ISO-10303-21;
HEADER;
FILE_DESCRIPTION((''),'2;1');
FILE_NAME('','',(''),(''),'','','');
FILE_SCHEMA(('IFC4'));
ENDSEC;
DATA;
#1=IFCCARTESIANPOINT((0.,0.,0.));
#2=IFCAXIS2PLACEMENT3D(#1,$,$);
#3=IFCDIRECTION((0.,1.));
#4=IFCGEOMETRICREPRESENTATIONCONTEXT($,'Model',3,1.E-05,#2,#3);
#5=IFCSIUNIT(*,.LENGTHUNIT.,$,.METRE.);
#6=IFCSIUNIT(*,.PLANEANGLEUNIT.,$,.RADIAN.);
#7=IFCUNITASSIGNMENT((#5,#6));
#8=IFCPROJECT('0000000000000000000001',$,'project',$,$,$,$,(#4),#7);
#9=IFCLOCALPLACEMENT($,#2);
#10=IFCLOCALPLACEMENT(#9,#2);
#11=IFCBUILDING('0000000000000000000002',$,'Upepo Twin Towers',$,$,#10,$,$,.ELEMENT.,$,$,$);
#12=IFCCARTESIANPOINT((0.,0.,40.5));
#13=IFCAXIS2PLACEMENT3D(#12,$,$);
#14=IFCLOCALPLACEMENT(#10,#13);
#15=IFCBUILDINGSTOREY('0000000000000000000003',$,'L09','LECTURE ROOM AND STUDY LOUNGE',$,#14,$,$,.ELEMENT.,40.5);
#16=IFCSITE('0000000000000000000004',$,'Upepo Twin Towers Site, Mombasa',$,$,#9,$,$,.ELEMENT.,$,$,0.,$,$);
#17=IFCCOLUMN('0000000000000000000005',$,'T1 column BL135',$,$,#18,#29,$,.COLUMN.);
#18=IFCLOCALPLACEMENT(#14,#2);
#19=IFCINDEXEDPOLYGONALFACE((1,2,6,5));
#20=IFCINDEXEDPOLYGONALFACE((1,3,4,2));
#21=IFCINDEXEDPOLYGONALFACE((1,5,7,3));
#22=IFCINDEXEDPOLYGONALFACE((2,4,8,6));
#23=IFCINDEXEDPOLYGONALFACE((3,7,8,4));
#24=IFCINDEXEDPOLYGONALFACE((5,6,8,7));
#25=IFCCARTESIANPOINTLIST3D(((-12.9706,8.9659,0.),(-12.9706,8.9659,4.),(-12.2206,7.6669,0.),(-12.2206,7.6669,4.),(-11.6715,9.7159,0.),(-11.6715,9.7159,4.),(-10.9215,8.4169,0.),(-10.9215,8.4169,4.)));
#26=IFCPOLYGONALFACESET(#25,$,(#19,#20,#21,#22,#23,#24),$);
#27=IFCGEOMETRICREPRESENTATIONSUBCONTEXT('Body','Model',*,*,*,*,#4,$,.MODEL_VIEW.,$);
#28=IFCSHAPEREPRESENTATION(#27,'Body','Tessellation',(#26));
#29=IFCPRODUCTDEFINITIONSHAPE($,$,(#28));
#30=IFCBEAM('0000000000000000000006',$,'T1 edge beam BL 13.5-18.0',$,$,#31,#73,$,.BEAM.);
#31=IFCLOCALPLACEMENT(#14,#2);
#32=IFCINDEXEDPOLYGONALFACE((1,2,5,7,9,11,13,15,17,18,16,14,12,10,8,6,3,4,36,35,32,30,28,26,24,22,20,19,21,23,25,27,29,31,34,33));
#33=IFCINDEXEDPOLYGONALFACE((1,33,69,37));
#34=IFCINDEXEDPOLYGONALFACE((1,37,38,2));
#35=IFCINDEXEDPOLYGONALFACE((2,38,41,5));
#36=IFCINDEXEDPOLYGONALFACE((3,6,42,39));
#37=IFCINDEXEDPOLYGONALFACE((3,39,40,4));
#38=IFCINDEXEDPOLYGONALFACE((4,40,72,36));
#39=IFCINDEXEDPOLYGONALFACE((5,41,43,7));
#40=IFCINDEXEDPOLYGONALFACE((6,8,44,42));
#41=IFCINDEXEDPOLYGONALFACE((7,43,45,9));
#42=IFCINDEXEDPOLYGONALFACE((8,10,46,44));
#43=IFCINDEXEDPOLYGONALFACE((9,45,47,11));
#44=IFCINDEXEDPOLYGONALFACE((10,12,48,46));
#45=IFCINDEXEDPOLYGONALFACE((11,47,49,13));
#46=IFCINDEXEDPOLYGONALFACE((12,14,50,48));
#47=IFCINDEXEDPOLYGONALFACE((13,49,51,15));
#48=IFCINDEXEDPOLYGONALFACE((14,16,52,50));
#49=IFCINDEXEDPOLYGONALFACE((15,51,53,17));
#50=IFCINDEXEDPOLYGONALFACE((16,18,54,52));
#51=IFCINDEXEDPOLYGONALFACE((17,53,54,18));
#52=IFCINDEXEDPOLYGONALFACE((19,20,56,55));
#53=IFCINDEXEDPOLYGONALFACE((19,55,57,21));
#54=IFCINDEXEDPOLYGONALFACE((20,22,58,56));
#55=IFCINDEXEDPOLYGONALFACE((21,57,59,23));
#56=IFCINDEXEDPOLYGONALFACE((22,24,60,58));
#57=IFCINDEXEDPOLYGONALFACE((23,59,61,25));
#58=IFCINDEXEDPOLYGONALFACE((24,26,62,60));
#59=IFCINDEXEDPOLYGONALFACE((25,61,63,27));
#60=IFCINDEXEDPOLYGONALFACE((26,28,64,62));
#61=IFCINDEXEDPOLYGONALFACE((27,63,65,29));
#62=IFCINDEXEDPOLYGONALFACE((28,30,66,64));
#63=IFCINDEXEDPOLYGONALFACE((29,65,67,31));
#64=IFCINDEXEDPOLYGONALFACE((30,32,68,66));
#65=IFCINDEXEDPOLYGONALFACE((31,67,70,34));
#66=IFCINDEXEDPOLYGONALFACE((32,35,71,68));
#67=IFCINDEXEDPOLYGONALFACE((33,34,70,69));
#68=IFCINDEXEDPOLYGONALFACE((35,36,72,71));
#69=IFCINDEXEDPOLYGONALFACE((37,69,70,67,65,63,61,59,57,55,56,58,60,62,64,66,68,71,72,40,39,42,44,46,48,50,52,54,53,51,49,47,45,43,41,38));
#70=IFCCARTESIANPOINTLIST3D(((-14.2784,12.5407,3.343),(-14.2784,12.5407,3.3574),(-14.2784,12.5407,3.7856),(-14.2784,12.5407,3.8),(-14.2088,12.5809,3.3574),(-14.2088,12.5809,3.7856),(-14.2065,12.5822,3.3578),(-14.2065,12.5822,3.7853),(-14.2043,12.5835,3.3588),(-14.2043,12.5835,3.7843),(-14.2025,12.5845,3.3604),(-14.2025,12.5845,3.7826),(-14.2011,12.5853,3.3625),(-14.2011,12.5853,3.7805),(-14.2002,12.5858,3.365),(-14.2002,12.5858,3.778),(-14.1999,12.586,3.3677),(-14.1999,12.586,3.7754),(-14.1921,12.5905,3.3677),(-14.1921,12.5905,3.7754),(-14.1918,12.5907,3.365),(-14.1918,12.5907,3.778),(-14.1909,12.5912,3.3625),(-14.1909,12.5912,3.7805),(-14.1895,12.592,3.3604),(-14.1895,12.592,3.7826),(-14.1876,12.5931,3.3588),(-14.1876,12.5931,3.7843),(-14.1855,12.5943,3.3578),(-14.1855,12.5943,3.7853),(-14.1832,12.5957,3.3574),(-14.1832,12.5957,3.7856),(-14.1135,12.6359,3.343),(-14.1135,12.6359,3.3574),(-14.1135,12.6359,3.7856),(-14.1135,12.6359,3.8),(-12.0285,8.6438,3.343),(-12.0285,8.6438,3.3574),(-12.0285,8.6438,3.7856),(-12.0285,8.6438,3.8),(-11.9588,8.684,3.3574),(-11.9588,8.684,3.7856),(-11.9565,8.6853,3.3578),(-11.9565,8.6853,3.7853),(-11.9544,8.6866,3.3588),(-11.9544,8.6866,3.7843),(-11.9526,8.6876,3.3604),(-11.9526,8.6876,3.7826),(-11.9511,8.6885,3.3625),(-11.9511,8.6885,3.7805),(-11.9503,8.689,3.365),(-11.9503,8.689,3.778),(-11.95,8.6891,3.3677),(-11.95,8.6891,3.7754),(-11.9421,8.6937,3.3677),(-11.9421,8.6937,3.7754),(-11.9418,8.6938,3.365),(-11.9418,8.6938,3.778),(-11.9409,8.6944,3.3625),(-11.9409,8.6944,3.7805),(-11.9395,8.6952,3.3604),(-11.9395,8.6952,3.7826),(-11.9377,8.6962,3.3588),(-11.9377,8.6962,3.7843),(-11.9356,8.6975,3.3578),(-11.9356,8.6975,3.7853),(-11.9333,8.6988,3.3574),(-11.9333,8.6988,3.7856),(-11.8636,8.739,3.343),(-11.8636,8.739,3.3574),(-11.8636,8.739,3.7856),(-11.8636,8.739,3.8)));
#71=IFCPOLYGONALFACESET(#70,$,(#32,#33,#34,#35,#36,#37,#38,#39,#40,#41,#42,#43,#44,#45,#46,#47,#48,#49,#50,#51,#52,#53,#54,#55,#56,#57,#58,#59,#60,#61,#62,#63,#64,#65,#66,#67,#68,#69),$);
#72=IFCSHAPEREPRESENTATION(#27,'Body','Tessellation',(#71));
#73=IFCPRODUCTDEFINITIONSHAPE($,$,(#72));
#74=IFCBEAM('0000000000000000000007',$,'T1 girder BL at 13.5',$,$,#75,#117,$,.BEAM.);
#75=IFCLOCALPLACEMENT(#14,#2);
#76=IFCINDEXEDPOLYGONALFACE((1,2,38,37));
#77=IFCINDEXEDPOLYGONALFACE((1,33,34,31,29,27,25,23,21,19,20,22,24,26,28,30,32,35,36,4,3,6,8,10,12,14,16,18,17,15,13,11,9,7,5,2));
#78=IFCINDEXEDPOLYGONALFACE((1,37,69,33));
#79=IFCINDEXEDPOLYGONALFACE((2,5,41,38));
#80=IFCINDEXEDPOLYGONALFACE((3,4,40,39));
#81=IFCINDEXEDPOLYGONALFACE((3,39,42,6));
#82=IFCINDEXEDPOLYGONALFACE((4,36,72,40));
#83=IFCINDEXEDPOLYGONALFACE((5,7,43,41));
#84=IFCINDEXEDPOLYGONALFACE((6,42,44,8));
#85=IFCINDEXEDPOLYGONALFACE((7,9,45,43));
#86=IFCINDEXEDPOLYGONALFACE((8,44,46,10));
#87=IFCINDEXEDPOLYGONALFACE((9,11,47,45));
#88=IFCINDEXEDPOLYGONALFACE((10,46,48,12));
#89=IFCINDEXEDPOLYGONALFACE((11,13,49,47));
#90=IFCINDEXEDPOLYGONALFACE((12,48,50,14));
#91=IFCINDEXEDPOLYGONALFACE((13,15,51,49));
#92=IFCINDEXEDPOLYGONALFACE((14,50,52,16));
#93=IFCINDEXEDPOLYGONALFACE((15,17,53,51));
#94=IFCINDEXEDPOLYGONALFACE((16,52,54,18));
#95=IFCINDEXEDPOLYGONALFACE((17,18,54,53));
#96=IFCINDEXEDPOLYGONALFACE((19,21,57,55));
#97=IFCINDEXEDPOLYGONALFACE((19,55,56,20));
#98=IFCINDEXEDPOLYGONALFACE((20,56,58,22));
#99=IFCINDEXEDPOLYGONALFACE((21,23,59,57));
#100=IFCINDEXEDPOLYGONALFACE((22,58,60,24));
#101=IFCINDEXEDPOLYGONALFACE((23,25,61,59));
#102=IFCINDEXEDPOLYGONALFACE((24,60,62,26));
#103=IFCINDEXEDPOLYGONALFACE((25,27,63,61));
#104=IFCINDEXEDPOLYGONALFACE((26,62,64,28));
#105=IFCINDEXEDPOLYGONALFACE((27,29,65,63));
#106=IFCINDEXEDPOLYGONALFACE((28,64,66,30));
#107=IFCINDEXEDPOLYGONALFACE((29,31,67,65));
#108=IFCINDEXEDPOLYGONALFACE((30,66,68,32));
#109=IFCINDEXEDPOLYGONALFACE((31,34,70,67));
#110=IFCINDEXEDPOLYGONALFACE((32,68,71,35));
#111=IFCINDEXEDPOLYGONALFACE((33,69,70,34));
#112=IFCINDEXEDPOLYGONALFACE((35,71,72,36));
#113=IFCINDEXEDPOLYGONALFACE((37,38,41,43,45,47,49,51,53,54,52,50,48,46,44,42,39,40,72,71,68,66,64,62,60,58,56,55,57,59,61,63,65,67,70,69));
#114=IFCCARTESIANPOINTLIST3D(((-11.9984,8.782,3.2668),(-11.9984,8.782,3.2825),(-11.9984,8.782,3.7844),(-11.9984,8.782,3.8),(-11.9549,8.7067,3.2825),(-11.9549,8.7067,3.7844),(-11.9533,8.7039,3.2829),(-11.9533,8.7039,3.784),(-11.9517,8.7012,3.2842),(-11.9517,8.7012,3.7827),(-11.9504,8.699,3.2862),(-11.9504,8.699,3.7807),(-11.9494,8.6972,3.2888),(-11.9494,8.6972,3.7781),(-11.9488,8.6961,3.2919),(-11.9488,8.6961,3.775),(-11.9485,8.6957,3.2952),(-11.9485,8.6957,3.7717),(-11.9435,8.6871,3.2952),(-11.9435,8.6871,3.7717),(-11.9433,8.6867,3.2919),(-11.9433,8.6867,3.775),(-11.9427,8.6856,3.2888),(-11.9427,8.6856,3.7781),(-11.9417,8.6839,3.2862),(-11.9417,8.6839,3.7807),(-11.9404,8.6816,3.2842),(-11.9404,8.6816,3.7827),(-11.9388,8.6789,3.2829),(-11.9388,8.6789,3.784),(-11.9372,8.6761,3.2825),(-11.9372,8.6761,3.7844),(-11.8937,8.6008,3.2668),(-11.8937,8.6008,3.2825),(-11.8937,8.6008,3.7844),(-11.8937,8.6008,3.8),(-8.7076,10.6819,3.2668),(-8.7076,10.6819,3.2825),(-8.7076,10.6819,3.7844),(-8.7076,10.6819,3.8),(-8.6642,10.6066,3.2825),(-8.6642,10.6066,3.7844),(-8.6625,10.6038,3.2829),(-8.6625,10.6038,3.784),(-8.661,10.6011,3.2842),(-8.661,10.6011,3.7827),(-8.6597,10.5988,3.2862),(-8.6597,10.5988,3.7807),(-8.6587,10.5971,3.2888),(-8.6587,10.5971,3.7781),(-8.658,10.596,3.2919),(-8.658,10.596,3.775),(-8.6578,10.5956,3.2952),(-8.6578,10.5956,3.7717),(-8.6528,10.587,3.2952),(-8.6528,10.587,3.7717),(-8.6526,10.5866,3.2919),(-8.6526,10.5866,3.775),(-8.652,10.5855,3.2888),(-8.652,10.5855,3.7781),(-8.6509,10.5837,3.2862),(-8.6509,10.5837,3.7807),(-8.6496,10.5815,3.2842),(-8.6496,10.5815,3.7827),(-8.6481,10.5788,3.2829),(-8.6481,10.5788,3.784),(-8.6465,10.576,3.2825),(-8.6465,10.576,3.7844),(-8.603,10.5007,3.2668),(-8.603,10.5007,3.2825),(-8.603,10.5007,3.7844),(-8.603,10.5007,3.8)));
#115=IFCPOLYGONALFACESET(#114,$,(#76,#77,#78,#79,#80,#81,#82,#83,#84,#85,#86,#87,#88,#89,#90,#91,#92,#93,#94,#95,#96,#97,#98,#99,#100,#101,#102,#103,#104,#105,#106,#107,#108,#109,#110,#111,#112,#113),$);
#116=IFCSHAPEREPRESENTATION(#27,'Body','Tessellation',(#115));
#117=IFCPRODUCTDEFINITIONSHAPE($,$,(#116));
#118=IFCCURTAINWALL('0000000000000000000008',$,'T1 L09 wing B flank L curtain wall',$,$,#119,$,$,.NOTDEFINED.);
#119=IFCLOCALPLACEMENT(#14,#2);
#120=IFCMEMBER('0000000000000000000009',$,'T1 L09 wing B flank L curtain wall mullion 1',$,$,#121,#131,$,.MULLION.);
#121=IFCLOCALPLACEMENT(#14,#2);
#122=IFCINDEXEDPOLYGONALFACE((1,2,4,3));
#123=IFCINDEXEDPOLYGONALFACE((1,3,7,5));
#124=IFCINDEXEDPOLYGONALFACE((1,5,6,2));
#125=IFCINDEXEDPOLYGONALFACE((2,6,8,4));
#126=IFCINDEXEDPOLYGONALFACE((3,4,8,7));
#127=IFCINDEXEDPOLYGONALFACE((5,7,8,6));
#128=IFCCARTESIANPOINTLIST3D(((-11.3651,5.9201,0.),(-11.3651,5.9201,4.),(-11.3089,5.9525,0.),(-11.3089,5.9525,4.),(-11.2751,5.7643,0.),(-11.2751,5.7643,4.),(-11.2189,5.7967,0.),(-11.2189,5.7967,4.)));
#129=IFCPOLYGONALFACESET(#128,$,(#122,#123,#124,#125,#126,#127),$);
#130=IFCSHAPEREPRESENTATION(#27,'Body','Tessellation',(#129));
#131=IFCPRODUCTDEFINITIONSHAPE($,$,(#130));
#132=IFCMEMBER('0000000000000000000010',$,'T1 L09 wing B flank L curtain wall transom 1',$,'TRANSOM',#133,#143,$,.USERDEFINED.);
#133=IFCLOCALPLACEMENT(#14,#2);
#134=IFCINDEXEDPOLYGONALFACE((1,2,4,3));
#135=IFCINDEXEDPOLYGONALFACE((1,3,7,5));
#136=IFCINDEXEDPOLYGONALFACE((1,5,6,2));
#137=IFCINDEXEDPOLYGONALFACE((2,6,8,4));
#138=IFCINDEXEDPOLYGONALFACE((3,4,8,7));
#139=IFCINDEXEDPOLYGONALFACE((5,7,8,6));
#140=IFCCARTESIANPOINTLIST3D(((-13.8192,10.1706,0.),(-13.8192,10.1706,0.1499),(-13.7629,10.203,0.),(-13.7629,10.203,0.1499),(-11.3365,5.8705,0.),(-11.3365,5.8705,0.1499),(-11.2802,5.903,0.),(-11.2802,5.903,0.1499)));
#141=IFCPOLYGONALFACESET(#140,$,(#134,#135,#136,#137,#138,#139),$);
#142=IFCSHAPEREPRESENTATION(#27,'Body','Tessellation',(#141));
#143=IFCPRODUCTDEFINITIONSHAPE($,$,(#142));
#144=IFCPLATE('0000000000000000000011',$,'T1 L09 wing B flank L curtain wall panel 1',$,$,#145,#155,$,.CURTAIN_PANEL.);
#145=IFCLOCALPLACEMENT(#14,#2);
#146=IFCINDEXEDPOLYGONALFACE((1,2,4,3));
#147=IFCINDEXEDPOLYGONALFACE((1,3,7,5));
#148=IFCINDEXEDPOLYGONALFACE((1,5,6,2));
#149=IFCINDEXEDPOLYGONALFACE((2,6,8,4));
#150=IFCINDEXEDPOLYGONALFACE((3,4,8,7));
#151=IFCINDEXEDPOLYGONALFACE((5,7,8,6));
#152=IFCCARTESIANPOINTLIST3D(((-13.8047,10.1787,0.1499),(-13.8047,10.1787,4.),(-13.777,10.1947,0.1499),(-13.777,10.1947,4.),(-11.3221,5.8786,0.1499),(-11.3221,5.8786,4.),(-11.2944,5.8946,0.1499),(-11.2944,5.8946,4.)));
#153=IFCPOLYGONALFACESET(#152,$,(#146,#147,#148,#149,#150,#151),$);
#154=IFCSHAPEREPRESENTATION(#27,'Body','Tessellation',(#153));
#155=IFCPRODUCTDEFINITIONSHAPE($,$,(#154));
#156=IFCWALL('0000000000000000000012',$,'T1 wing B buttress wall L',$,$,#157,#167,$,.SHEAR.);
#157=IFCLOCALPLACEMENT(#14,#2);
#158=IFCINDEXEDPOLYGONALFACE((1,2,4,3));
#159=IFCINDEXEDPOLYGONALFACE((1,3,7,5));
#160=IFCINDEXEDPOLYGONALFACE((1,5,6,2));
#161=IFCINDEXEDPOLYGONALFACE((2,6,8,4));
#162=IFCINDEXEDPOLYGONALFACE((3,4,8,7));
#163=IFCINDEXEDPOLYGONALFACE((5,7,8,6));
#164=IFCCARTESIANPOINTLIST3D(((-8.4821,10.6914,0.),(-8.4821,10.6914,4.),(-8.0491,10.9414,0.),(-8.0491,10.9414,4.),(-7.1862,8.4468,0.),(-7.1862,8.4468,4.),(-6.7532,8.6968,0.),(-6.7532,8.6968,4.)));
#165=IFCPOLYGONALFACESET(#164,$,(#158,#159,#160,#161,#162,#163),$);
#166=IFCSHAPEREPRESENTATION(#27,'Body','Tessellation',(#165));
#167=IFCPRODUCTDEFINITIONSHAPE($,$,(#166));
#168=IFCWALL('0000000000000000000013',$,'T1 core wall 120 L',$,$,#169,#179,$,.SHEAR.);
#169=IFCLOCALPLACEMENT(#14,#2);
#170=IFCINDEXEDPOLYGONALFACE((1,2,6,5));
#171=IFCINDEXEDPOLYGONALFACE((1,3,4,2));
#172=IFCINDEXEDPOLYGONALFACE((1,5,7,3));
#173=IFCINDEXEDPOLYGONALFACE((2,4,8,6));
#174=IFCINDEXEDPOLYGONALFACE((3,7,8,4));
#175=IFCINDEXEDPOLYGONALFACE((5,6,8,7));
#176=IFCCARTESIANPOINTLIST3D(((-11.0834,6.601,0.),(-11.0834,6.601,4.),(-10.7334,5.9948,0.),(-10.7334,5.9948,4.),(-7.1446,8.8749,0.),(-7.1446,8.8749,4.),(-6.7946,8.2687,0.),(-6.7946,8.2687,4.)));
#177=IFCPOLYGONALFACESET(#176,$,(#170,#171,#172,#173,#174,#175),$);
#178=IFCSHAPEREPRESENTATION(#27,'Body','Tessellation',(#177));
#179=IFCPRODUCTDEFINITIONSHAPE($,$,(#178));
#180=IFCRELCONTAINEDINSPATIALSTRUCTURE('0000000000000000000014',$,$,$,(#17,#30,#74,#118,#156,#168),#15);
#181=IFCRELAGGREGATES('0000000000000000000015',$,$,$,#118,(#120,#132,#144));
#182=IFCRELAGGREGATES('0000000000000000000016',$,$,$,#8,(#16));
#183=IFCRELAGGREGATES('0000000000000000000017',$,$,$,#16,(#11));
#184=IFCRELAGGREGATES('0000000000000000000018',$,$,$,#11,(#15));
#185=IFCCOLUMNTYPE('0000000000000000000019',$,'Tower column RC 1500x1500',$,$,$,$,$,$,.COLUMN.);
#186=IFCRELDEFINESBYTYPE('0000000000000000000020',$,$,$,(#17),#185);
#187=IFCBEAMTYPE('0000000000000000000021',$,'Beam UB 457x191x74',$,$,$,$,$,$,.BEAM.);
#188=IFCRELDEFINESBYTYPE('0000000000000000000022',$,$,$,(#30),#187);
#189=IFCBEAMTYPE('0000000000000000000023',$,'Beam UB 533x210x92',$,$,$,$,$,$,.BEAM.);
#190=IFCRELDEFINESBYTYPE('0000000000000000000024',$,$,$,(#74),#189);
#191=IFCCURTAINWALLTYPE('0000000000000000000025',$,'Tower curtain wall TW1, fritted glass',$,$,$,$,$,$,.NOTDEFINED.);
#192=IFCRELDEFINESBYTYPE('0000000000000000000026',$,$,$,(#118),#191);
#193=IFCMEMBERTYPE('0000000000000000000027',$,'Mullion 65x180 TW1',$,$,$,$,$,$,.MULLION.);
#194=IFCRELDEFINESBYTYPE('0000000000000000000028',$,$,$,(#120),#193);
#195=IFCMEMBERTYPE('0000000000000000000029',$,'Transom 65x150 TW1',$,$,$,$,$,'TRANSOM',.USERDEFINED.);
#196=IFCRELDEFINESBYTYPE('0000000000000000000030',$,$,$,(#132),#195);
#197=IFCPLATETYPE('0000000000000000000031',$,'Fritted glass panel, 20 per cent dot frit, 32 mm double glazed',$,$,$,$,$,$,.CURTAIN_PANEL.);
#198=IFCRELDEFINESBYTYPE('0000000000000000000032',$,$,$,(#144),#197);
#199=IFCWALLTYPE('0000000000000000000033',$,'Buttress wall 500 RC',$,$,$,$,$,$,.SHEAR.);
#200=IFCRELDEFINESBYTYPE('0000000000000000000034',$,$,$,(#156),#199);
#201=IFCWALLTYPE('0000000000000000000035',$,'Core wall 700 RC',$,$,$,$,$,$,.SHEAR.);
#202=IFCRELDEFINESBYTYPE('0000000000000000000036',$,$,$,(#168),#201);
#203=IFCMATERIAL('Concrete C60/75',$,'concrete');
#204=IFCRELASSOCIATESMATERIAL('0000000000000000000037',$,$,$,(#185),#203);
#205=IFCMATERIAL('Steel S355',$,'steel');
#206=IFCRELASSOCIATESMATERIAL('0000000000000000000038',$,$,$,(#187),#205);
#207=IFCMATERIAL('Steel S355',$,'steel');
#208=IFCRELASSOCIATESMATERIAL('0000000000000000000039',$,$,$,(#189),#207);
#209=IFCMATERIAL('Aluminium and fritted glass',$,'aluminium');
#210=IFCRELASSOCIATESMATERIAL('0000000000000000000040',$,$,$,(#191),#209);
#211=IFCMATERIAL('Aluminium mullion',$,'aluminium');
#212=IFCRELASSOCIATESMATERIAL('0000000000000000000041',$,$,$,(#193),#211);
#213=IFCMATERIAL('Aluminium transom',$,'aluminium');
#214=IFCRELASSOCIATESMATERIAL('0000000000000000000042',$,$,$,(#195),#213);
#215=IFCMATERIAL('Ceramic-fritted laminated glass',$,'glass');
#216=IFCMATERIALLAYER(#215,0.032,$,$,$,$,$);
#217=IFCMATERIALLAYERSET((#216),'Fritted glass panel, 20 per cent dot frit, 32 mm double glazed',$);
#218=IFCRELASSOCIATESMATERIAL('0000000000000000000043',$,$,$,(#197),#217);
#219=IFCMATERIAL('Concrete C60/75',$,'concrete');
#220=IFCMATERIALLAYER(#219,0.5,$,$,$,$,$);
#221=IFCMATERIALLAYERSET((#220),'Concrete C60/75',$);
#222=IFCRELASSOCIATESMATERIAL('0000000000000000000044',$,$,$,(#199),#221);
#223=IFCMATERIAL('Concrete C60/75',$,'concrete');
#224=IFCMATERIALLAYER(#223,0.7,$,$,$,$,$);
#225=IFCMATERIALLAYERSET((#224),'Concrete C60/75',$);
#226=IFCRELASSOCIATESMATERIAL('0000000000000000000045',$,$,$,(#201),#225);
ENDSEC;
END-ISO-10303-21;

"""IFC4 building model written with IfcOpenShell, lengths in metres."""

from ifc_helpers import new_model, si_unit, direction, frame, frame_2d, origin, origin_2d, place, context, subcontext, project, spatial, rectangle, i_section, extrude, material, layer, layer_set, material_profile, profile_set, type_object, element, aggregate, save


model = new_model("IFC4")

# Units and contexts
model_context = context("Model", 3, precision=1e-05, world=origin(), true_north=direction((0.0, 1.0)))
body_context = subcontext(model_context, "Body", "Model", "MODEL_VIEW")
ifc_project = project(units=[si_unit("LENGTHUNIT", "METRE"), si_unit("PLANEANGLEUNIT", "RADIAN")], contexts=[model_context])

# Site, building, storey
site_placement = place(None, origin())
site = spatial("IfcSite", under=ifc_project, at=site_placement, Name="Upepo Twin Towers Site, Mombasa", CompositionType="ELEMENT", RefElevation=0.0)
building_placement = place(site_placement, origin())
building = spatial("IfcBuilding", under=site, at=building_placement, Name="Upepo Twin Towers", CompositionType="ELEMENT")
storey_placement = place(building_placement, frame((0.0, 0.0, 40.5)))
storey = spatial("IfcBuildingStorey", under=building, at=storey_placement, Name="L09", Description="LECTURE ROOM AND STUDY LOUNGE", CompositionType="ELEMENT", Elevation=40.5)

# Column
ifc_material_1 = material(Name="Concrete C60/75", Category="concrete")
ifc_material_profile_1 = material_profile(ifc_material_1, rectangle(XDim=1.5, YDim=1.5, at=origin_2d()), Name="RC 1500x1500")
ifc_profile_set_1 = profile_set([ifc_material_profile_1], Name="Concrete C60/75")
column_type = type_object("IfcColumnType", Name="Tower column RC 1500x1500", PredefinedType="COLUMN", material=ifc_profile_set_1)
column_placement = place(storey_placement, frame((-11.946, 8.6914, 0.0), z_axis=(0.0, 0.0, 1.0), x_axis=(0.866025, 0.5, 0.0)))
element("IfcColumn", 1, at=column_placement, inside=storey, type_object=column_type, Name="T1 column BL135", PredefinedType="COLUMN", context=body_context, shape_type="SweptSolid", body=[
    extrude(rectangle(XDim=1.5, YDim=1.5, at=origin_2d()), origin(), (0.0, 0.0, 1.0), 4.0),
])

# Beams
ifc_material_2 = material(Name="Steel S355", Category="steel")
ifc_material_profile_2 = material_profile(ifc_material_2, i_section(OverallWidth=0.1904, OverallDepth=0.457, WebThickness=0.009, FlangeThickness=0.0144, FilletRadius=0.0103, at=origin_2d()), Name="UB 457x191x74")
ifc_profile_set_2 = profile_set([ifc_material_profile_2], Name="Steel S355")
beam_type_1 = type_object("IfcBeamType", Name="Beam UB 457x191x74", PredefinedType="BEAM", material=ifc_profile_set_2)
beam_1_placement = place(storey_placement, frame((-11.946, 8.6914, 3.5715), z_axis=(-0.500014, 0.866018, 0.0), x_axis=(-0.866018, -0.500014, 0.0)))
element("IfcBeam", 2, at=beam_1_placement, inside=storey, type_object=beam_type_1, Name="T1 edge beam BL 13.5-18.0", PredefinedType="BEAM", context=body_context, shape_type="SweptSolid", body=[
    extrude(i_section(OverallWidth=0.1904, OverallDepth=0.457, WebThickness=0.009, FlangeThickness=0.0144, FilletRadius=0.0103, at=origin_2d()), origin(), (0.0, 0.0, 1.0), 4.4998),
])
ifc_material_3 = material(Name="Steel S355", Category="steel")
ifc_material_profile_3 = material_profile(ifc_material_3, i_section(OverallWidth=0.2092, OverallDepth=0.5332, WebThickness=0.01, FlangeThickness=0.0156, FilletRadius=0.0127, at=origin_2d()), Name="UB 533x210x92")
ifc_profile_set_3 = profile_set([ifc_material_profile_3], Name="Steel S355")
beam_type_2 = type_object("IfcBeamType", Name="Beam UB 533x210x92", PredefinedType="BEAM", material=ifc_profile_set_3)
beam_2_placement = place(storey_placement, frame((-11.946, 8.6914, 3.5334), z_axis=(0.866028, 0.499995, 0.0), x_axis=(-0.499995, 0.866028, 0.0)))
element("IfcBeam", 3, at=beam_2_placement, inside=storey, type_object=beam_type_2, Name="T1 girder BL at 13.5", PredefinedType="BEAM", context=body_context, shape_type="SweptSolid", body=[
    extrude(i_section(OverallWidth=0.2092, OverallDepth=0.5332, WebThickness=0.01, FlangeThickness=0.0156, FilletRadius=0.0127, at=origin_2d()), origin(), (0.0, 0.0, 1.0), 3.7998),
])

# Curtain wall, members, plate
ifc_material_4 = material(Name="Aluminium and fritted glass", Category="aluminium")
curtain_wall_type = type_object("IfcCurtainWallType", Name="Tower curtain wall TW1, fritted glass", PredefinedType="NOTDEFINED", material=ifc_material_4)
curtain_wall_placement = place(storey_placement, origin())
curtain_wall = element("IfcCurtainWall", 4, at=curtain_wall_placement, inside=storey, type_object=curtain_wall_type, Name="T1 L09 wing B flank L curtain wall", PredefinedType="NOTDEFINED")
ifc_material_5 = material(Name="Aluminium mullion", Category="aluminium")
ifc_material_profile_4 = material_profile(ifc_material_5, rectangle(XDim=0.0649, YDim=0.1799, at=origin_2d()), Name="MULLION 65x180")
ifc_profile_set_4 = profile_set([ifc_material_profile_4], Name="Aluminium mullion")
member_type_1 = type_object("IfcMemberType", Name="Mullion 65x180 TW1", PredefinedType="MULLION", material=ifc_profile_set_4)
member_1_placement = place(storey_placement, frame((-11.292, 5.8584, 0.0), z_axis=(0.0, 0.0, 1.0), x_axis=(-0.866025, -0.5, 0.0)))
member_1 = element("IfcMember", 5, at=member_1_placement, type_object=member_type_1, Name="T1 L09 wing B flank L curtain wall mullion 1", PredefinedType="MULLION", context=body_context, shape_type="SweptSolid", body=[
    extrude(rectangle(XDim=0.0649, YDim=0.1799, at=origin_2d()), origin(), (0.0, 0.0, 1.0), 4.0),
])
ifc_material_6 = material(Name="Aluminium transom", Category="aluminium")
ifc_material_profile_5 = material_profile(ifc_material_6, rectangle(XDim=0.0649, YDim=0.1499, at=origin_2d()), Name="TRANSOM 65x150")
ifc_profile_set_5 = profile_set([ifc_material_profile_5], Name="Aluminium transom")
member_type_2 = type_object("IfcMemberType", Name="Transom 65x150 TW1", ElementType="TRANSOM", PredefinedType="USERDEFINED", material=ifc_profile_set_5)
member_2_placement = place(storey_placement, frame((-11.3083, 5.8867, 0.075), z_axis=(-0.500005, 0.866023, 0.0), x_axis=(-0.866023, -0.500005, 0.0)))
member_2 = element("IfcMember", 6, at=member_2_placement, type_object=member_type_2, Name="T1 L09 wing B flank L curtain wall transom 1", ObjectType="TRANSOM", PredefinedType="USERDEFINED", context=body_context, shape_type="SweptSolid", body=[
    extrude(rectangle(XDim=0.0649, YDim=0.1499, at=origin_2d()), origin(), (0.0, 0.0, 1.0), 4.9653),
])
ifc_material_7 = material(Name="Ceramic-fritted laminated glass", Category="glass")
ifc_layer_1 = layer(ifc_material_7, 0.032)
ifc_layer_set_1 = layer_set([ifc_layer_1], Name="Fritted glass panel, 20 per cent dot frit, 32 mm double glazed")
plate_type = type_object("IfcPlateType", Name="Fritted glass panel, 20 per cent dot frit, 32 mm double glazed", PredefinedType="CURTAIN_PANEL", material=ifc_layer_set_1)
plate_placement = place(storey_placement, frame((-12.5496, 8.0366, 0.1499), z_axis=(0.0, 0.0, 1.0), x_axis=(-0.5, 0.866025, 0.0)))
plate = element("IfcPlate", 7, at=plate_placement, type_object=plate_type, Name="T1 L09 wing B flank L curtain wall panel 1", PredefinedType="CURTAIN_PANEL", context=body_context, shape_type="SweptSolid", body=[
    extrude(rectangle(XDim=4.9653, YDim=0.032, at=origin_2d()), origin(), (0.0, 0.0, 1.0), 3.8501),
])
aggregate(curtain_wall, [member_1, member_2, plate])

# Walls
ifc_material_8 = material(Name="Concrete C60/75", Category="concrete")
ifc_layer_2 = layer(ifc_material_8, 0.5)
ifc_layer_set_2 = layer_set([ifc_layer_2], Name="Concrete C60/75")
wall_type_1 = type_object("IfcWallType", Name="Buttress wall 500 RC", PredefinedType="SHEAR", material=ifc_layer_set_2)
wall_1_placement = place(storey_placement, frame((-6.9697, 8.5718, 0.0), z_axis=(0.0, 0.0, 1.0), x_axis=(-0.499989, 0.866032, 0.0)))
element("IfcWall", 8, at=wall_1_placement, inside=storey, type_object=wall_type_1, Name="T1 wing B buttress wall L", PredefinedType="SHEAR", context=body_context, shape_type="SweptSolid", body=[
    extrude(rectangle(XDim=2.5918, YDim=0.5, at=frame_2d((1.2959, 0.0))), origin(), (0.0, 0.0, 1.0), 4.0),
])
ifc_material_9 = material(Name="Concrete C60/75", Category="concrete")
ifc_layer_3 = layer(ifc_material_9, 0.7)
ifc_layer_set_3 = layer_set([ifc_layer_3], Name="Concrete C60/75")
wall_type_2 = type_object("IfcWallType", Name="Core wall 700 RC", PredefinedType="SHEAR", material=ifc_layer_set_3)
wall_2_placement = place(storey_placement, frame((-6.9697, 8.5718, 0.0), z_axis=(0.0, 0.0, 1.0), x_axis=(-0.866035, -0.499984, 0.0)))
element("IfcWall", 9, at=wall_2_placement, inside=storey, type_object=wall_type_2, Name="T1 core wall 120 L", PredefinedType="SHEAR", context=body_context, shape_type="SweptSolid", body=[
    extrude(rectangle(XDim=4.5481, YDim=0.7, at=frame_2d((2.2739, 0.0))), origin(), (0.0, 0.0, 1.0), 4.0),
])

save(model, "model.ifc")
